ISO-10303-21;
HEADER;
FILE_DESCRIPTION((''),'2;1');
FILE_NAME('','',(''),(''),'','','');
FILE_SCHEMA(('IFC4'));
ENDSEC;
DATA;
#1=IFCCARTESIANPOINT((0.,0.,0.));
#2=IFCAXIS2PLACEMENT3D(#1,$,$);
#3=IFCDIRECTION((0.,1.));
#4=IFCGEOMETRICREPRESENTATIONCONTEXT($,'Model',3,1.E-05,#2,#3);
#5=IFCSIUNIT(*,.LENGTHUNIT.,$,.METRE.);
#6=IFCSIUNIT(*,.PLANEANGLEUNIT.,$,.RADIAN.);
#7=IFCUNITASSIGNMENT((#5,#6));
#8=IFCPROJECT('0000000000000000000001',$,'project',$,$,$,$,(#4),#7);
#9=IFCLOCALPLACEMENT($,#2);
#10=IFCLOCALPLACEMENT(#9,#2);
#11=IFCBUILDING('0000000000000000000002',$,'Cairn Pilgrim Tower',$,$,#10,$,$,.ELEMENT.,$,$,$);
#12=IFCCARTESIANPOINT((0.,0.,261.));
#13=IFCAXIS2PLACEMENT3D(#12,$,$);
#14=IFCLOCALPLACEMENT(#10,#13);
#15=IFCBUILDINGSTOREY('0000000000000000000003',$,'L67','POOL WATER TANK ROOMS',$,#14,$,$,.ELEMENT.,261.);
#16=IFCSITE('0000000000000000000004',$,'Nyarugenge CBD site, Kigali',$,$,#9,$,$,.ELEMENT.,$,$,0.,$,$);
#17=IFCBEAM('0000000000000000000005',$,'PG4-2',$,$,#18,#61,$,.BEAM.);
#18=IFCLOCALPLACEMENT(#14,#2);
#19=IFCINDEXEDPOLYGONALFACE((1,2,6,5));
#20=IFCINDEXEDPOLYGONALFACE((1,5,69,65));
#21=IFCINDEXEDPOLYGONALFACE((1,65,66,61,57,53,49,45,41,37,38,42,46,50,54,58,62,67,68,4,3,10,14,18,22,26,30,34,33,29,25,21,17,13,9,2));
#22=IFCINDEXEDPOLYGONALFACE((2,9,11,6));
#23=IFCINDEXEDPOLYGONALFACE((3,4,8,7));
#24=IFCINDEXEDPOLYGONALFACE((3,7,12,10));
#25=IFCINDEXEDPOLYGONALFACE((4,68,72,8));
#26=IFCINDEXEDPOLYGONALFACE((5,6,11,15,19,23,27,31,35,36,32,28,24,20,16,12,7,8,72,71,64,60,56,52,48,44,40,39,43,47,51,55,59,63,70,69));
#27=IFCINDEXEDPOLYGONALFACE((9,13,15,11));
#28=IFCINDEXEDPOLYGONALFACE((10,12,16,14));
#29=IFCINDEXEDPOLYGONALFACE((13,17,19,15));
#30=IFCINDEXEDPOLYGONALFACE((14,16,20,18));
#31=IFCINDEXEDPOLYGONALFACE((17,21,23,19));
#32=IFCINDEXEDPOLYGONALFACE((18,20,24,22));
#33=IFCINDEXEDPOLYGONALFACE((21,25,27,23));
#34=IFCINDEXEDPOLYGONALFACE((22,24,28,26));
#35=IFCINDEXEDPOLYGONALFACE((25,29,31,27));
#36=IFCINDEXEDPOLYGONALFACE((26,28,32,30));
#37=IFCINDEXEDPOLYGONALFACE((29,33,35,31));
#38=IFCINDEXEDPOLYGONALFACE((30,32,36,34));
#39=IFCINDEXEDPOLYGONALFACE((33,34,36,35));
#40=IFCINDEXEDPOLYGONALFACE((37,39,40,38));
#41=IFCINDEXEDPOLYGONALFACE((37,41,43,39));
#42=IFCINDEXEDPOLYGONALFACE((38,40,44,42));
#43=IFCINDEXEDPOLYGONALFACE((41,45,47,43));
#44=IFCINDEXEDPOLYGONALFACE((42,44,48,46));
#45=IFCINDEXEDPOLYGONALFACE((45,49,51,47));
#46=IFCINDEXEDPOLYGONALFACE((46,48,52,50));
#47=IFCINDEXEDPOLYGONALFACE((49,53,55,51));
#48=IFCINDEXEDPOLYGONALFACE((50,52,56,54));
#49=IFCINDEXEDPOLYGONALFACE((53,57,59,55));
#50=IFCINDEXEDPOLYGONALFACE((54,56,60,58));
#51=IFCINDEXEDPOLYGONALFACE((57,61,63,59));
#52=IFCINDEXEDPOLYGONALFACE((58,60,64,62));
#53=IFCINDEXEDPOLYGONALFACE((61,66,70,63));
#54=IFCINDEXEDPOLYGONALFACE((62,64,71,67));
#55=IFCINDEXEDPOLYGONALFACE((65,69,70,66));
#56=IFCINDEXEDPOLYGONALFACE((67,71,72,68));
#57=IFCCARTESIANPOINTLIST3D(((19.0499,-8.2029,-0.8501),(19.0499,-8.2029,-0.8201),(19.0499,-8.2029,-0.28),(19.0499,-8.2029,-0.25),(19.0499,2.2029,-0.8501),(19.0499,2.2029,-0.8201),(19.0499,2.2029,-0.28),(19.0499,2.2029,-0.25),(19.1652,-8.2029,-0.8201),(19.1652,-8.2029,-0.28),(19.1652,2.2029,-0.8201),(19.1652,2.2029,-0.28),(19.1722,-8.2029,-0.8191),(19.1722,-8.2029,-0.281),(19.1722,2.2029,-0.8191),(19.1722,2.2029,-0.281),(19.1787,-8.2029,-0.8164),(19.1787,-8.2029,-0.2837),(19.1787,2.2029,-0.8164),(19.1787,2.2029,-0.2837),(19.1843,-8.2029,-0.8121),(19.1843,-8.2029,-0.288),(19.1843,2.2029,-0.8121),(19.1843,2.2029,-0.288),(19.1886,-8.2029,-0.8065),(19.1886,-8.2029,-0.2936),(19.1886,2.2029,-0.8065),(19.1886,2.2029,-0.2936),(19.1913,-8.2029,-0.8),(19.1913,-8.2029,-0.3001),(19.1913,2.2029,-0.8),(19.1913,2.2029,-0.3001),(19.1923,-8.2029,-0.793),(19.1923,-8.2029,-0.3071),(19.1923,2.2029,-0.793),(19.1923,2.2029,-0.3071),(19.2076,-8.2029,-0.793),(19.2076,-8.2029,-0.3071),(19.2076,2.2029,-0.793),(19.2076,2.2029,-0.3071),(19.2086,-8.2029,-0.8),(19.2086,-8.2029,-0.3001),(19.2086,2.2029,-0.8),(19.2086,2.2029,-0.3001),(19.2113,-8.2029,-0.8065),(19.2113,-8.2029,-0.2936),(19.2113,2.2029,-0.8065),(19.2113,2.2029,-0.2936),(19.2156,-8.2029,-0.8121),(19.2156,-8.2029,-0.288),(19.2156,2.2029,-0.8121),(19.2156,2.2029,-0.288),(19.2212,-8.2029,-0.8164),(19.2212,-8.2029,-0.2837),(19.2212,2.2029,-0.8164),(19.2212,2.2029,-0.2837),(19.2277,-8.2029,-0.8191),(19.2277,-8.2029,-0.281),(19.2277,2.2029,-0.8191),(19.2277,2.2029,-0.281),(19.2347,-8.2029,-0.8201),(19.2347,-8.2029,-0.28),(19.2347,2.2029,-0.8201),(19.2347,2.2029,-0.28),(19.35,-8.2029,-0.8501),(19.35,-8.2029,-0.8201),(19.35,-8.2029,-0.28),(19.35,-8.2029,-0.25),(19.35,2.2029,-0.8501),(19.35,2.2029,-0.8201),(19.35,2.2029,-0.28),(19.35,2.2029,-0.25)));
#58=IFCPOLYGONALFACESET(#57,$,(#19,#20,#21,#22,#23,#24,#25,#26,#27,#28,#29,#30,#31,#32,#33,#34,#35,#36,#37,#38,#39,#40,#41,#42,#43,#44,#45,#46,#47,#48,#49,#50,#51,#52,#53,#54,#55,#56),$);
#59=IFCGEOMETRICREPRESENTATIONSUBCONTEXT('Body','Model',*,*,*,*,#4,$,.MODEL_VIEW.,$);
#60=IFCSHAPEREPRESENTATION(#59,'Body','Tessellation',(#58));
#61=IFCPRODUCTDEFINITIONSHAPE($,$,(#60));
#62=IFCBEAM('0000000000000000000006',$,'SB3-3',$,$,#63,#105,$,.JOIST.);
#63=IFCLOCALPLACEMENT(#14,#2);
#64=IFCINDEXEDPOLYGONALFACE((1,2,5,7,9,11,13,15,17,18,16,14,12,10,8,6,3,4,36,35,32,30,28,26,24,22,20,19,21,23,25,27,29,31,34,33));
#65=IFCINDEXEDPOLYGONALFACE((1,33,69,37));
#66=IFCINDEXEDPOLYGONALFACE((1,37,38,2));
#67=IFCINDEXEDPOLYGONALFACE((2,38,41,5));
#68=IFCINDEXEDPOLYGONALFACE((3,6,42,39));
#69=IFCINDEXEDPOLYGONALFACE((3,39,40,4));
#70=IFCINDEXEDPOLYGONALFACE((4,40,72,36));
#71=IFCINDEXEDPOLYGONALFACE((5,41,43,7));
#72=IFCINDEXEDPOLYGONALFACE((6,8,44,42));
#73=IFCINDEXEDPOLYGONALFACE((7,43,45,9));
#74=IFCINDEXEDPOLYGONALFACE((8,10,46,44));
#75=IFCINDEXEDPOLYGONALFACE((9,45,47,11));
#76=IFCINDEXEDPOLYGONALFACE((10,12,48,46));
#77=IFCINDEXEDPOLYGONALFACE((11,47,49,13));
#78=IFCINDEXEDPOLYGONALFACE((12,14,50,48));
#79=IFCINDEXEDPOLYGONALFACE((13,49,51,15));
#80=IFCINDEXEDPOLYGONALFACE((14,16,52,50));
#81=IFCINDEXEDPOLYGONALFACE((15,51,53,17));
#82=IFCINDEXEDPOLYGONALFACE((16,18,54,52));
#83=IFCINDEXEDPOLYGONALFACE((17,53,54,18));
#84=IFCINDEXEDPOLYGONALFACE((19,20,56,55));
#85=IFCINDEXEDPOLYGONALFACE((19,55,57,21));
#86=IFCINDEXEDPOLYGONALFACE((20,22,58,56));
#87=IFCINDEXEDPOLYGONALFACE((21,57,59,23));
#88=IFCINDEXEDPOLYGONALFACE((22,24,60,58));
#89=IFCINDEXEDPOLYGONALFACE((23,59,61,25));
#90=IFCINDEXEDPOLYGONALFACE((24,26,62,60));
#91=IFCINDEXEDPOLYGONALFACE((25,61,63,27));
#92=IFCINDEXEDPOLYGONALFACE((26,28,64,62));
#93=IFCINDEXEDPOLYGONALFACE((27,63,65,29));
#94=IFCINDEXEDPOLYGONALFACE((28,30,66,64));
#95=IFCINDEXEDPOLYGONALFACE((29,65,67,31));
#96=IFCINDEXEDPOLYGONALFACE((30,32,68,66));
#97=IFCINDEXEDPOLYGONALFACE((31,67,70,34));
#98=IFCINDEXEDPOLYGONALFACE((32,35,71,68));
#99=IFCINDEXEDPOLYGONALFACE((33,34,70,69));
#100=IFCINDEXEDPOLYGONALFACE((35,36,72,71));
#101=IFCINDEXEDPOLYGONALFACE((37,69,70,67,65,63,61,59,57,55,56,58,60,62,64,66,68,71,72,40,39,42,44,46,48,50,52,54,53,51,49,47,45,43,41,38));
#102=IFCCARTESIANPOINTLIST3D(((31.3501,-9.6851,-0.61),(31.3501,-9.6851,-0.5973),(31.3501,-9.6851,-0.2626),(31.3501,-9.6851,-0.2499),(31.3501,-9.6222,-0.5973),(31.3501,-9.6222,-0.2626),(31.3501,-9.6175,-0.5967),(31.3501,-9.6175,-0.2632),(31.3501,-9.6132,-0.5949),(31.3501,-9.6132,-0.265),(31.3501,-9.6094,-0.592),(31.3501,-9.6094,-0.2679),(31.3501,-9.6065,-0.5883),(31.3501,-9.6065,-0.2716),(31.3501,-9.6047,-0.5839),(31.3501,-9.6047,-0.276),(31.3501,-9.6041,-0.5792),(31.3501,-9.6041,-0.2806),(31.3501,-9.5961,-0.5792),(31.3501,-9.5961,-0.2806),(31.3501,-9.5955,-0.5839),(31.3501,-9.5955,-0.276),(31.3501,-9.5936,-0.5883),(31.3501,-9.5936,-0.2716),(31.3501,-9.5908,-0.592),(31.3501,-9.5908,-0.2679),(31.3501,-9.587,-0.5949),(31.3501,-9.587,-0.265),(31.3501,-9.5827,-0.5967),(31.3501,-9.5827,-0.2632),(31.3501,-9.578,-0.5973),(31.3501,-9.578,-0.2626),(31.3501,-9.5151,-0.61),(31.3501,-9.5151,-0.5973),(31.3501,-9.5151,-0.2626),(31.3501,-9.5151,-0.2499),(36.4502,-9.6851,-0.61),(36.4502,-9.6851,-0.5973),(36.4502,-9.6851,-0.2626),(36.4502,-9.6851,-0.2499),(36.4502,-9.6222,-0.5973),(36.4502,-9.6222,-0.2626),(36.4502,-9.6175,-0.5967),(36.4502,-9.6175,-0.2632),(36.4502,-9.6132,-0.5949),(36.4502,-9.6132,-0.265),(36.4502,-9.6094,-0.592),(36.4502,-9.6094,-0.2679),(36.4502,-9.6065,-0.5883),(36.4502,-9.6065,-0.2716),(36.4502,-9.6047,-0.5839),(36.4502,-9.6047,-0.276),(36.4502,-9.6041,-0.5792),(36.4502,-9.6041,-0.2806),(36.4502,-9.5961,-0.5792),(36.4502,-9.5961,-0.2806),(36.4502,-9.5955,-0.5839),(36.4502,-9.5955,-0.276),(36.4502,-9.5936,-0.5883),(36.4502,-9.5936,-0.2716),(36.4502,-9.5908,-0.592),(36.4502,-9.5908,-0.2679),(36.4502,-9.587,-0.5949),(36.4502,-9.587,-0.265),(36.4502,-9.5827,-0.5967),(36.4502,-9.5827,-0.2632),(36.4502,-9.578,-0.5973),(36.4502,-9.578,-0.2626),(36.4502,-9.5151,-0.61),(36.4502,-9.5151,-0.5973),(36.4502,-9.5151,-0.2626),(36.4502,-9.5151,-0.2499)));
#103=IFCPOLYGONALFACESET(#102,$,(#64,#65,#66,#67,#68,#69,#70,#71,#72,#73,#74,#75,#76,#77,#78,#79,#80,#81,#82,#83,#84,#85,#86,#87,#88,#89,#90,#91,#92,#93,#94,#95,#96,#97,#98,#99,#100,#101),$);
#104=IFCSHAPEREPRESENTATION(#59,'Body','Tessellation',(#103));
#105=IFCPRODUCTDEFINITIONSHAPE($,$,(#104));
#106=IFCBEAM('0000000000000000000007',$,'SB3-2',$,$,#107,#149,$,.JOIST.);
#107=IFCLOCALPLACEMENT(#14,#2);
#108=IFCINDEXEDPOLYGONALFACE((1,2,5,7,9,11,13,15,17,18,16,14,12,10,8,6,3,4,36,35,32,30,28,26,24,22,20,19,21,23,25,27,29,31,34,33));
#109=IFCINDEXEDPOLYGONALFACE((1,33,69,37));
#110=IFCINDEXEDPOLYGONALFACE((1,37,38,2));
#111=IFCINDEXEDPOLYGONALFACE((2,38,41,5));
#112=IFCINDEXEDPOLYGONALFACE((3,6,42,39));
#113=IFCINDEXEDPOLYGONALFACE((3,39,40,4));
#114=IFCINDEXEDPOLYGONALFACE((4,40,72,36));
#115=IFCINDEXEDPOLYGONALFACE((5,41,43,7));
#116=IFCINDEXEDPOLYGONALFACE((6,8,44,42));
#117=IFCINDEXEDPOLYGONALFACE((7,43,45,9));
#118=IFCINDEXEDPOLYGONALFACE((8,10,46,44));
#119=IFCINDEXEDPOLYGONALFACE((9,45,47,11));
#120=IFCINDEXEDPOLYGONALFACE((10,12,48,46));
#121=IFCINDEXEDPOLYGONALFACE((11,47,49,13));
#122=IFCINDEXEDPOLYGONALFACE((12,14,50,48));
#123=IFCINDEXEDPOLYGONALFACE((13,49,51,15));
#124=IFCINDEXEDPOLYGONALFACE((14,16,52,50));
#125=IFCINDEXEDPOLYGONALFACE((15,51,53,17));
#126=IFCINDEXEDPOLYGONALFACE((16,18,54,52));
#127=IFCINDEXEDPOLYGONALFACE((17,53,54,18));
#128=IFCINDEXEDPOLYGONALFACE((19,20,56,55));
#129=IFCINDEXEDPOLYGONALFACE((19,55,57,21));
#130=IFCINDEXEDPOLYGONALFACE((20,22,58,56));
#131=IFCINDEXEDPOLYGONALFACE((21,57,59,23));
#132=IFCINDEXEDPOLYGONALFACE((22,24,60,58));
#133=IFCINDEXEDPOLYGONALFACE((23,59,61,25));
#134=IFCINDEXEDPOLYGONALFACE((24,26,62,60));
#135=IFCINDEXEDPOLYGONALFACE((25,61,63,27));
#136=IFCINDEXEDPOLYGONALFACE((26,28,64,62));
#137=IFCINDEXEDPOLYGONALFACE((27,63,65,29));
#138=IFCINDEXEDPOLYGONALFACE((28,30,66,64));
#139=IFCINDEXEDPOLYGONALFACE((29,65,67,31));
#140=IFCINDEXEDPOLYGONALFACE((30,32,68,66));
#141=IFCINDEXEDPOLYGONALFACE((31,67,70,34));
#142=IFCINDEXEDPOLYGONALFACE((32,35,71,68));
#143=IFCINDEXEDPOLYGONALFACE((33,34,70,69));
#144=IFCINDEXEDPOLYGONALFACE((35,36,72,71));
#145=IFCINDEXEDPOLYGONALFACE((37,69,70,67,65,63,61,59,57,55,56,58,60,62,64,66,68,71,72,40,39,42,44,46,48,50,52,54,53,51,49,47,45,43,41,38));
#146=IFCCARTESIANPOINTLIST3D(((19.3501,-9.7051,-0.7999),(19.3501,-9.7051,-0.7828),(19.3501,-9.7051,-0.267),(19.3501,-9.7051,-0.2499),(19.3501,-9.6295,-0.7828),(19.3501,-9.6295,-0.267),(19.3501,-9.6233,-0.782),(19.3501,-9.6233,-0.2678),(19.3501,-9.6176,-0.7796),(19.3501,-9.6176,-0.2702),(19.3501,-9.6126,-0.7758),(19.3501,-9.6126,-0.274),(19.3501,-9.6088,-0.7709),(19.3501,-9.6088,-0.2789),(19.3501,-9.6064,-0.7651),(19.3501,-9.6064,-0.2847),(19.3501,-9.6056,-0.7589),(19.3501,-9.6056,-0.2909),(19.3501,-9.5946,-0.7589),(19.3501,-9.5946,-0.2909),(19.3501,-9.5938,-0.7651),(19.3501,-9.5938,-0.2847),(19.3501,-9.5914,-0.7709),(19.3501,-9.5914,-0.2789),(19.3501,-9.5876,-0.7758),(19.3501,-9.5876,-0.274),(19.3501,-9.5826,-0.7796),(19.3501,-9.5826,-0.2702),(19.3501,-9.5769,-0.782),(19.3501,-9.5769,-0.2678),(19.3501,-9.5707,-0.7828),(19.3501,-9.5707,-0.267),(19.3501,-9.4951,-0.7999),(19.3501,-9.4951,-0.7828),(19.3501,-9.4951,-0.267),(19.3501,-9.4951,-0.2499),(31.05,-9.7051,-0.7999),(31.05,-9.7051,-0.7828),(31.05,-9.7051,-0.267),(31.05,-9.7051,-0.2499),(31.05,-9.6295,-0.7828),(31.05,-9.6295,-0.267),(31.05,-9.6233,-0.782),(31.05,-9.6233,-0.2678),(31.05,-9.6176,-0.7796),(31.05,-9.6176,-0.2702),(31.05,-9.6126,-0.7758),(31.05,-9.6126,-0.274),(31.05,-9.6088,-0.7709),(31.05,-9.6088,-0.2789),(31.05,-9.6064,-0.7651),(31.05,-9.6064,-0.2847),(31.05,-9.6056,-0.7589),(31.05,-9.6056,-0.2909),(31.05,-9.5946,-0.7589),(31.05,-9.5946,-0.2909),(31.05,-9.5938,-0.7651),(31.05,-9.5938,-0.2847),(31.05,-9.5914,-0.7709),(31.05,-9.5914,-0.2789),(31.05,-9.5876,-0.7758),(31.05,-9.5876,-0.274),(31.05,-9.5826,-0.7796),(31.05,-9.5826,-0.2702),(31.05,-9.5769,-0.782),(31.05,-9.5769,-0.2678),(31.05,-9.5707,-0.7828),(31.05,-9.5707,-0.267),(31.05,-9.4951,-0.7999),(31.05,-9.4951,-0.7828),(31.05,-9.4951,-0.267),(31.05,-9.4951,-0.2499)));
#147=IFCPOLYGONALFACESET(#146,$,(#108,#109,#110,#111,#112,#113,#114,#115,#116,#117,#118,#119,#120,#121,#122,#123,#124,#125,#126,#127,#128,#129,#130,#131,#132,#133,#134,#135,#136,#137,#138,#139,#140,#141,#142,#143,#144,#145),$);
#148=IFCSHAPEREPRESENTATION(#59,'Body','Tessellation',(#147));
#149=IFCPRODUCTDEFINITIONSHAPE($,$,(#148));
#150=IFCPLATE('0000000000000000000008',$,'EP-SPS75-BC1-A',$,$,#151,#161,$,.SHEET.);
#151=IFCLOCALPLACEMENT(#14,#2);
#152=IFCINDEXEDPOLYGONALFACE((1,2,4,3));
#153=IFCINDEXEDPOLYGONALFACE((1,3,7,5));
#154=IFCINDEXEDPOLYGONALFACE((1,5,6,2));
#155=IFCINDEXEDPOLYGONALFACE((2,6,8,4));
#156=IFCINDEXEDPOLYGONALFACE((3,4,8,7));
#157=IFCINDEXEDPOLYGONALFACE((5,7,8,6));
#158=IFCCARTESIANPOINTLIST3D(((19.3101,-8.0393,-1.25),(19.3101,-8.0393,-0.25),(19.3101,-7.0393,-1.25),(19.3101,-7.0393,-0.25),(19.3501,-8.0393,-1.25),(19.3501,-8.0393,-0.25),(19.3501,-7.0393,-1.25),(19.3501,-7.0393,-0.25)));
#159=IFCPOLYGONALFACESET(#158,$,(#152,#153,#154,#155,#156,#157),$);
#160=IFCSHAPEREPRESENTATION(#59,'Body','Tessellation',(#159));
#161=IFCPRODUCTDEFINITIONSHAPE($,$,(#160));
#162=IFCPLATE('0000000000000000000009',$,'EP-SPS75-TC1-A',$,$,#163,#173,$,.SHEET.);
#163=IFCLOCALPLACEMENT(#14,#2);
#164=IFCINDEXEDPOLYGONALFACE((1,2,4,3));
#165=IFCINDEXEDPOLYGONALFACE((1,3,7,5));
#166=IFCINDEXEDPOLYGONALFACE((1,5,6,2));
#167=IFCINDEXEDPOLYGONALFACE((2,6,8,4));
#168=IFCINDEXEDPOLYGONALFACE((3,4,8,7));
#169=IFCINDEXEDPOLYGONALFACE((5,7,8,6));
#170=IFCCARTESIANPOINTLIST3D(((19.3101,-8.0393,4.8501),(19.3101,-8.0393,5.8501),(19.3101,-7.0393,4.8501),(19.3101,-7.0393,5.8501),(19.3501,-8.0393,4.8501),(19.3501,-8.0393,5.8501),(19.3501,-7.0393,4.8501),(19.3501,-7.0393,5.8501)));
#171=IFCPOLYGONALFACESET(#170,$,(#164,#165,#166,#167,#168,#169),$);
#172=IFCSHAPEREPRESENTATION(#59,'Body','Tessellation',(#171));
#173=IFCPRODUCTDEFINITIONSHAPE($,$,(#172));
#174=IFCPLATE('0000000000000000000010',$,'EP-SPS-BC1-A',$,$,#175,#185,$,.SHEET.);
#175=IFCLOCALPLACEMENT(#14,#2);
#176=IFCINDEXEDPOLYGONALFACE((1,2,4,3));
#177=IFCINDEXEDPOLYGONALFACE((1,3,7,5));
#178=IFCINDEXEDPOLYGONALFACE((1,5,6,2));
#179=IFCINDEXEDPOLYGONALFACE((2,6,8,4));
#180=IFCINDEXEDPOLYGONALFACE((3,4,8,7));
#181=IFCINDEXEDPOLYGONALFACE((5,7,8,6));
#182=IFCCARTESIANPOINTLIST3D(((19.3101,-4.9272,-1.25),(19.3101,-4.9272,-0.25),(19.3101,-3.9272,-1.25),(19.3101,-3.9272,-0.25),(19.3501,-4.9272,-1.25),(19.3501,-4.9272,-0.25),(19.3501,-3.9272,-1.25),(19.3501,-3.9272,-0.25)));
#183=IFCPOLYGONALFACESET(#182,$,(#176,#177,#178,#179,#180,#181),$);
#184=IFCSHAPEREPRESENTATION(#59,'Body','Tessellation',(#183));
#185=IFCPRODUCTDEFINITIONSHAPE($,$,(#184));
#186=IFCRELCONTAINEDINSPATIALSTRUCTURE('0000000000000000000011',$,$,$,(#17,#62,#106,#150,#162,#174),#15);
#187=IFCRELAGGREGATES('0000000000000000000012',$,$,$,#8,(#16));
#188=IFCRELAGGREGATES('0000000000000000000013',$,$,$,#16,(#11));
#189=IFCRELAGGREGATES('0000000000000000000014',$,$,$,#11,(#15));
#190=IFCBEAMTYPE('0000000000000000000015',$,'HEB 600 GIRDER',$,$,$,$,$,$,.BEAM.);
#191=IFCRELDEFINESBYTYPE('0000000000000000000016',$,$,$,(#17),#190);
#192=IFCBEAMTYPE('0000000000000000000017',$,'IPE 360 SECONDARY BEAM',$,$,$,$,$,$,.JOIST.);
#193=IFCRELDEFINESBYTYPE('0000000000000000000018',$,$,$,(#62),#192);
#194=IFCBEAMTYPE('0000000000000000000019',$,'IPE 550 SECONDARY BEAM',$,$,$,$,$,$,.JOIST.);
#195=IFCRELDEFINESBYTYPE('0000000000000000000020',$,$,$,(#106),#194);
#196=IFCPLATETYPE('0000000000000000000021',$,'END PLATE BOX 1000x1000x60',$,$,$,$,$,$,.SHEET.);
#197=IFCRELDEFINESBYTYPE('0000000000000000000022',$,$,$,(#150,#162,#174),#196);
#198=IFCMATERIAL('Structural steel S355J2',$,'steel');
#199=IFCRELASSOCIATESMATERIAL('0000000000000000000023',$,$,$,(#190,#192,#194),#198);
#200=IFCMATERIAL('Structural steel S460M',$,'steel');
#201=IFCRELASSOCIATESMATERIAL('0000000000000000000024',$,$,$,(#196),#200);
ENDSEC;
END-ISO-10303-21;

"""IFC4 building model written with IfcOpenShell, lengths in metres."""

from ifc_helpers import new_model, si_unit, direction, frame, origin, origin_2d, place, context, subcontext, project, spatial, rectangle, i_section, extrude, material, material_profile, profile_set, type_object, element, save


model = new_model("IFC4")

# Units and contexts
model_context = context("Model", 3, precision=1e-05, world=origin(), true_north=direction((0.0, 1.0)))
body_context = subcontext(model_context, "Body", "Model", "MODEL_VIEW")
ifc_project = project(units=[si_unit("LENGTHUNIT", "METRE"), si_unit("PLANEANGLEUNIT", "RADIAN")], contexts=[model_context])

# Site, building, storey
site_placement = place(None, origin())
site = spatial("IfcSite", under=ifc_project, at=site_placement, Name="Nyarugenge CBD site, Kigali", CompositionType="ELEMENT", RefElevation=0.0)
building_placement = place(site_placement, origin())
building = spatial("IfcBuilding", under=site, at=building_placement, Name="Cairn Pilgrim Tower", CompositionType="ELEMENT")
storey_placement = place(building_placement, frame((0.0, 0.0, 261.0)))
storey = spatial("IfcBuildingStorey", under=building, at=storey_placement, Name="L67", Description="POOL WATER TANK ROOMS", CompositionType="ELEMENT", Elevation=261.0)

# Shared definitions
ifc_material_1 = material(Name="Structural steel S355J2", Category="steel")

# Shared definitions
ifc_material_2 = material(Name="Structural steel S460M", Category="steel")

# Beams
ifc_material_profile_1 = material_profile(ifc_material_1, i_section(OverallWidth=0.3, OverallDepth=0.6001, WebThickness=0.0154, FlangeThickness=0.03, FilletRadius=0.0271, at=origin_2d()), Name="HEB 600")
ifc_profile_set_1 = profile_set([ifc_material_profile_1], Name="Structural steel S355J2")
beam_type_1 = type_object("IfcBeamType", Name="HEB 600 GIRDER", PredefinedType="BEAM", material=ifc_profile_set_1)
beam_1_placement = place(storey_placement, frame((19.2, -8.2029, -0.55), z_axis=(0.0, 1.0, 0.0), x_axis=(-1.0, 0.0, 0.0)))
element("IfcBeam", 1, at=beam_1_placement, inside=storey, type_object=beam_type_1, Name="PG4-2", PredefinedType="BEAM", context=body_context, shape_type="SweptSolid", body=[
    extrude(i_section(OverallWidth=0.3, OverallDepth=0.6001, WebThickness=0.0154, FlangeThickness=0.03, FilletRadius=0.0271, at=origin_2d()), origin(), (0.0, 0.0, 1.0), 10.4058),
])
ifc_material_profile_2 = material_profile(ifc_material_1, i_section(OverallWidth=0.1699, OverallDepth=0.3601, WebThickness=0.0081, FlangeThickness=0.0127, FilletRadius=0.0181, at=origin_2d()), Name="IPE 360")
ifc_profile_set_2 = profile_set([ifc_material_profile_2], Name="Structural steel S355J2")
beam_type_2 = type_object("IfcBeamType", Name="IPE 360 SECONDARY BEAM", PredefinedType="JOIST", material=ifc_profile_set_2)
beam_2_placement = place(storey_placement, frame((31.3501, -9.6001, -0.4299), z_axis=(1.0, 0.0, 0.0), x_axis=(0.0, 1.0, 0.0)))
element("IfcBeam", 2, at=beam_2_placement, inside=storey, type_object=beam_type_2, Name="SB3-3", PredefinedType="JOIST", context=body_context, shape_type="SweptSolid", body=[
    extrude(i_section(OverallWidth=0.1699, OverallDepth=0.3601, WebThickness=0.0081, FlangeThickness=0.0127, FilletRadius=0.0181, at=origin_2d()), origin(), (0.0, 0.0, 1.0), 5.1001),
])
ifc_material_profile_3 = material_profile(ifc_material_1, i_section(OverallWidth=0.21, OverallDepth=0.55, WebThickness=0.011, FlangeThickness=0.0171, FilletRadius=0.0239, at=origin_2d()), Name="IPE 550")
ifc_profile_set_3 = profile_set([ifc_material_profile_3], Name="Structural steel S355J2")
beam_type_3 = type_object("IfcBeamType", Name="IPE 550 SECONDARY BEAM", PredefinedType="JOIST", material=ifc_profile_set_3)
beam_3_placement = place(storey_placement, frame((19.3501, -9.6001, -0.5249), z_axis=(1.0, 0.0, 0.0), x_axis=(0.0, 1.0, 0.0)))
element("IfcBeam", 3, at=beam_3_placement, inside=storey, type_object=beam_type_3, Name="SB3-2", PredefinedType="JOIST", context=body_context, shape_type="SweptSolid", body=[
    extrude(i_section(OverallWidth=0.21, OverallDepth=0.55, WebThickness=0.011, FlangeThickness=0.0171, FilletRadius=0.0239, at=origin_2d()), origin(), (0.0, 0.0, 1.0), 11.7),
])

# Plates
ifc_material_profile_4 = material_profile(ifc_material_2, rectangle(XDim=1.0, YDim=1.0, at=origin_2d()), Name="END PLATE BOX 1000x1000x60")
ifc_profile_set_4 = profile_set([ifc_material_profile_4], Name="Structural steel S460M")
plate_type = type_object("IfcPlateType", Name="END PLATE BOX 1000x1000x60", PredefinedType="SHEET", material=ifc_profile_set_4)
for number, where, z_axis, x_axis, name in (
    (4, (19.3501, -7.5393, -0.75), (-1.0, 0.0, 0.0), (0.0, -1.0, 0.0), "EP-SPS75-BC1-A"),
    (5, (19.3501, -7.5393, 5.3501), (-1.0, 0.0, 0.0), (0.0, -1.0, 0.0), "EP-SPS75-TC1-A"),
    (6, (19.3501, -4.4272, -0.75), (-1.0, 0.0, 0.0), (0.0, -1.0, 0.0), "EP-SPS-BC1-A"),
):
    element("IfcPlate", number, at=place(storey_placement, frame(where, z_axis=z_axis, x_axis=x_axis)), inside=storey, type_object=plate_type, Name=name, PredefinedType="SHEET", context=body_context, shape_type="SweptSolid", body=[
        extrude(rectangle(XDim=1.0, YDim=1.0, at=origin_2d()), origin(), (0.0, 0.0, 1.0), 0.04),
    ])

save(model, "model.ifc")
